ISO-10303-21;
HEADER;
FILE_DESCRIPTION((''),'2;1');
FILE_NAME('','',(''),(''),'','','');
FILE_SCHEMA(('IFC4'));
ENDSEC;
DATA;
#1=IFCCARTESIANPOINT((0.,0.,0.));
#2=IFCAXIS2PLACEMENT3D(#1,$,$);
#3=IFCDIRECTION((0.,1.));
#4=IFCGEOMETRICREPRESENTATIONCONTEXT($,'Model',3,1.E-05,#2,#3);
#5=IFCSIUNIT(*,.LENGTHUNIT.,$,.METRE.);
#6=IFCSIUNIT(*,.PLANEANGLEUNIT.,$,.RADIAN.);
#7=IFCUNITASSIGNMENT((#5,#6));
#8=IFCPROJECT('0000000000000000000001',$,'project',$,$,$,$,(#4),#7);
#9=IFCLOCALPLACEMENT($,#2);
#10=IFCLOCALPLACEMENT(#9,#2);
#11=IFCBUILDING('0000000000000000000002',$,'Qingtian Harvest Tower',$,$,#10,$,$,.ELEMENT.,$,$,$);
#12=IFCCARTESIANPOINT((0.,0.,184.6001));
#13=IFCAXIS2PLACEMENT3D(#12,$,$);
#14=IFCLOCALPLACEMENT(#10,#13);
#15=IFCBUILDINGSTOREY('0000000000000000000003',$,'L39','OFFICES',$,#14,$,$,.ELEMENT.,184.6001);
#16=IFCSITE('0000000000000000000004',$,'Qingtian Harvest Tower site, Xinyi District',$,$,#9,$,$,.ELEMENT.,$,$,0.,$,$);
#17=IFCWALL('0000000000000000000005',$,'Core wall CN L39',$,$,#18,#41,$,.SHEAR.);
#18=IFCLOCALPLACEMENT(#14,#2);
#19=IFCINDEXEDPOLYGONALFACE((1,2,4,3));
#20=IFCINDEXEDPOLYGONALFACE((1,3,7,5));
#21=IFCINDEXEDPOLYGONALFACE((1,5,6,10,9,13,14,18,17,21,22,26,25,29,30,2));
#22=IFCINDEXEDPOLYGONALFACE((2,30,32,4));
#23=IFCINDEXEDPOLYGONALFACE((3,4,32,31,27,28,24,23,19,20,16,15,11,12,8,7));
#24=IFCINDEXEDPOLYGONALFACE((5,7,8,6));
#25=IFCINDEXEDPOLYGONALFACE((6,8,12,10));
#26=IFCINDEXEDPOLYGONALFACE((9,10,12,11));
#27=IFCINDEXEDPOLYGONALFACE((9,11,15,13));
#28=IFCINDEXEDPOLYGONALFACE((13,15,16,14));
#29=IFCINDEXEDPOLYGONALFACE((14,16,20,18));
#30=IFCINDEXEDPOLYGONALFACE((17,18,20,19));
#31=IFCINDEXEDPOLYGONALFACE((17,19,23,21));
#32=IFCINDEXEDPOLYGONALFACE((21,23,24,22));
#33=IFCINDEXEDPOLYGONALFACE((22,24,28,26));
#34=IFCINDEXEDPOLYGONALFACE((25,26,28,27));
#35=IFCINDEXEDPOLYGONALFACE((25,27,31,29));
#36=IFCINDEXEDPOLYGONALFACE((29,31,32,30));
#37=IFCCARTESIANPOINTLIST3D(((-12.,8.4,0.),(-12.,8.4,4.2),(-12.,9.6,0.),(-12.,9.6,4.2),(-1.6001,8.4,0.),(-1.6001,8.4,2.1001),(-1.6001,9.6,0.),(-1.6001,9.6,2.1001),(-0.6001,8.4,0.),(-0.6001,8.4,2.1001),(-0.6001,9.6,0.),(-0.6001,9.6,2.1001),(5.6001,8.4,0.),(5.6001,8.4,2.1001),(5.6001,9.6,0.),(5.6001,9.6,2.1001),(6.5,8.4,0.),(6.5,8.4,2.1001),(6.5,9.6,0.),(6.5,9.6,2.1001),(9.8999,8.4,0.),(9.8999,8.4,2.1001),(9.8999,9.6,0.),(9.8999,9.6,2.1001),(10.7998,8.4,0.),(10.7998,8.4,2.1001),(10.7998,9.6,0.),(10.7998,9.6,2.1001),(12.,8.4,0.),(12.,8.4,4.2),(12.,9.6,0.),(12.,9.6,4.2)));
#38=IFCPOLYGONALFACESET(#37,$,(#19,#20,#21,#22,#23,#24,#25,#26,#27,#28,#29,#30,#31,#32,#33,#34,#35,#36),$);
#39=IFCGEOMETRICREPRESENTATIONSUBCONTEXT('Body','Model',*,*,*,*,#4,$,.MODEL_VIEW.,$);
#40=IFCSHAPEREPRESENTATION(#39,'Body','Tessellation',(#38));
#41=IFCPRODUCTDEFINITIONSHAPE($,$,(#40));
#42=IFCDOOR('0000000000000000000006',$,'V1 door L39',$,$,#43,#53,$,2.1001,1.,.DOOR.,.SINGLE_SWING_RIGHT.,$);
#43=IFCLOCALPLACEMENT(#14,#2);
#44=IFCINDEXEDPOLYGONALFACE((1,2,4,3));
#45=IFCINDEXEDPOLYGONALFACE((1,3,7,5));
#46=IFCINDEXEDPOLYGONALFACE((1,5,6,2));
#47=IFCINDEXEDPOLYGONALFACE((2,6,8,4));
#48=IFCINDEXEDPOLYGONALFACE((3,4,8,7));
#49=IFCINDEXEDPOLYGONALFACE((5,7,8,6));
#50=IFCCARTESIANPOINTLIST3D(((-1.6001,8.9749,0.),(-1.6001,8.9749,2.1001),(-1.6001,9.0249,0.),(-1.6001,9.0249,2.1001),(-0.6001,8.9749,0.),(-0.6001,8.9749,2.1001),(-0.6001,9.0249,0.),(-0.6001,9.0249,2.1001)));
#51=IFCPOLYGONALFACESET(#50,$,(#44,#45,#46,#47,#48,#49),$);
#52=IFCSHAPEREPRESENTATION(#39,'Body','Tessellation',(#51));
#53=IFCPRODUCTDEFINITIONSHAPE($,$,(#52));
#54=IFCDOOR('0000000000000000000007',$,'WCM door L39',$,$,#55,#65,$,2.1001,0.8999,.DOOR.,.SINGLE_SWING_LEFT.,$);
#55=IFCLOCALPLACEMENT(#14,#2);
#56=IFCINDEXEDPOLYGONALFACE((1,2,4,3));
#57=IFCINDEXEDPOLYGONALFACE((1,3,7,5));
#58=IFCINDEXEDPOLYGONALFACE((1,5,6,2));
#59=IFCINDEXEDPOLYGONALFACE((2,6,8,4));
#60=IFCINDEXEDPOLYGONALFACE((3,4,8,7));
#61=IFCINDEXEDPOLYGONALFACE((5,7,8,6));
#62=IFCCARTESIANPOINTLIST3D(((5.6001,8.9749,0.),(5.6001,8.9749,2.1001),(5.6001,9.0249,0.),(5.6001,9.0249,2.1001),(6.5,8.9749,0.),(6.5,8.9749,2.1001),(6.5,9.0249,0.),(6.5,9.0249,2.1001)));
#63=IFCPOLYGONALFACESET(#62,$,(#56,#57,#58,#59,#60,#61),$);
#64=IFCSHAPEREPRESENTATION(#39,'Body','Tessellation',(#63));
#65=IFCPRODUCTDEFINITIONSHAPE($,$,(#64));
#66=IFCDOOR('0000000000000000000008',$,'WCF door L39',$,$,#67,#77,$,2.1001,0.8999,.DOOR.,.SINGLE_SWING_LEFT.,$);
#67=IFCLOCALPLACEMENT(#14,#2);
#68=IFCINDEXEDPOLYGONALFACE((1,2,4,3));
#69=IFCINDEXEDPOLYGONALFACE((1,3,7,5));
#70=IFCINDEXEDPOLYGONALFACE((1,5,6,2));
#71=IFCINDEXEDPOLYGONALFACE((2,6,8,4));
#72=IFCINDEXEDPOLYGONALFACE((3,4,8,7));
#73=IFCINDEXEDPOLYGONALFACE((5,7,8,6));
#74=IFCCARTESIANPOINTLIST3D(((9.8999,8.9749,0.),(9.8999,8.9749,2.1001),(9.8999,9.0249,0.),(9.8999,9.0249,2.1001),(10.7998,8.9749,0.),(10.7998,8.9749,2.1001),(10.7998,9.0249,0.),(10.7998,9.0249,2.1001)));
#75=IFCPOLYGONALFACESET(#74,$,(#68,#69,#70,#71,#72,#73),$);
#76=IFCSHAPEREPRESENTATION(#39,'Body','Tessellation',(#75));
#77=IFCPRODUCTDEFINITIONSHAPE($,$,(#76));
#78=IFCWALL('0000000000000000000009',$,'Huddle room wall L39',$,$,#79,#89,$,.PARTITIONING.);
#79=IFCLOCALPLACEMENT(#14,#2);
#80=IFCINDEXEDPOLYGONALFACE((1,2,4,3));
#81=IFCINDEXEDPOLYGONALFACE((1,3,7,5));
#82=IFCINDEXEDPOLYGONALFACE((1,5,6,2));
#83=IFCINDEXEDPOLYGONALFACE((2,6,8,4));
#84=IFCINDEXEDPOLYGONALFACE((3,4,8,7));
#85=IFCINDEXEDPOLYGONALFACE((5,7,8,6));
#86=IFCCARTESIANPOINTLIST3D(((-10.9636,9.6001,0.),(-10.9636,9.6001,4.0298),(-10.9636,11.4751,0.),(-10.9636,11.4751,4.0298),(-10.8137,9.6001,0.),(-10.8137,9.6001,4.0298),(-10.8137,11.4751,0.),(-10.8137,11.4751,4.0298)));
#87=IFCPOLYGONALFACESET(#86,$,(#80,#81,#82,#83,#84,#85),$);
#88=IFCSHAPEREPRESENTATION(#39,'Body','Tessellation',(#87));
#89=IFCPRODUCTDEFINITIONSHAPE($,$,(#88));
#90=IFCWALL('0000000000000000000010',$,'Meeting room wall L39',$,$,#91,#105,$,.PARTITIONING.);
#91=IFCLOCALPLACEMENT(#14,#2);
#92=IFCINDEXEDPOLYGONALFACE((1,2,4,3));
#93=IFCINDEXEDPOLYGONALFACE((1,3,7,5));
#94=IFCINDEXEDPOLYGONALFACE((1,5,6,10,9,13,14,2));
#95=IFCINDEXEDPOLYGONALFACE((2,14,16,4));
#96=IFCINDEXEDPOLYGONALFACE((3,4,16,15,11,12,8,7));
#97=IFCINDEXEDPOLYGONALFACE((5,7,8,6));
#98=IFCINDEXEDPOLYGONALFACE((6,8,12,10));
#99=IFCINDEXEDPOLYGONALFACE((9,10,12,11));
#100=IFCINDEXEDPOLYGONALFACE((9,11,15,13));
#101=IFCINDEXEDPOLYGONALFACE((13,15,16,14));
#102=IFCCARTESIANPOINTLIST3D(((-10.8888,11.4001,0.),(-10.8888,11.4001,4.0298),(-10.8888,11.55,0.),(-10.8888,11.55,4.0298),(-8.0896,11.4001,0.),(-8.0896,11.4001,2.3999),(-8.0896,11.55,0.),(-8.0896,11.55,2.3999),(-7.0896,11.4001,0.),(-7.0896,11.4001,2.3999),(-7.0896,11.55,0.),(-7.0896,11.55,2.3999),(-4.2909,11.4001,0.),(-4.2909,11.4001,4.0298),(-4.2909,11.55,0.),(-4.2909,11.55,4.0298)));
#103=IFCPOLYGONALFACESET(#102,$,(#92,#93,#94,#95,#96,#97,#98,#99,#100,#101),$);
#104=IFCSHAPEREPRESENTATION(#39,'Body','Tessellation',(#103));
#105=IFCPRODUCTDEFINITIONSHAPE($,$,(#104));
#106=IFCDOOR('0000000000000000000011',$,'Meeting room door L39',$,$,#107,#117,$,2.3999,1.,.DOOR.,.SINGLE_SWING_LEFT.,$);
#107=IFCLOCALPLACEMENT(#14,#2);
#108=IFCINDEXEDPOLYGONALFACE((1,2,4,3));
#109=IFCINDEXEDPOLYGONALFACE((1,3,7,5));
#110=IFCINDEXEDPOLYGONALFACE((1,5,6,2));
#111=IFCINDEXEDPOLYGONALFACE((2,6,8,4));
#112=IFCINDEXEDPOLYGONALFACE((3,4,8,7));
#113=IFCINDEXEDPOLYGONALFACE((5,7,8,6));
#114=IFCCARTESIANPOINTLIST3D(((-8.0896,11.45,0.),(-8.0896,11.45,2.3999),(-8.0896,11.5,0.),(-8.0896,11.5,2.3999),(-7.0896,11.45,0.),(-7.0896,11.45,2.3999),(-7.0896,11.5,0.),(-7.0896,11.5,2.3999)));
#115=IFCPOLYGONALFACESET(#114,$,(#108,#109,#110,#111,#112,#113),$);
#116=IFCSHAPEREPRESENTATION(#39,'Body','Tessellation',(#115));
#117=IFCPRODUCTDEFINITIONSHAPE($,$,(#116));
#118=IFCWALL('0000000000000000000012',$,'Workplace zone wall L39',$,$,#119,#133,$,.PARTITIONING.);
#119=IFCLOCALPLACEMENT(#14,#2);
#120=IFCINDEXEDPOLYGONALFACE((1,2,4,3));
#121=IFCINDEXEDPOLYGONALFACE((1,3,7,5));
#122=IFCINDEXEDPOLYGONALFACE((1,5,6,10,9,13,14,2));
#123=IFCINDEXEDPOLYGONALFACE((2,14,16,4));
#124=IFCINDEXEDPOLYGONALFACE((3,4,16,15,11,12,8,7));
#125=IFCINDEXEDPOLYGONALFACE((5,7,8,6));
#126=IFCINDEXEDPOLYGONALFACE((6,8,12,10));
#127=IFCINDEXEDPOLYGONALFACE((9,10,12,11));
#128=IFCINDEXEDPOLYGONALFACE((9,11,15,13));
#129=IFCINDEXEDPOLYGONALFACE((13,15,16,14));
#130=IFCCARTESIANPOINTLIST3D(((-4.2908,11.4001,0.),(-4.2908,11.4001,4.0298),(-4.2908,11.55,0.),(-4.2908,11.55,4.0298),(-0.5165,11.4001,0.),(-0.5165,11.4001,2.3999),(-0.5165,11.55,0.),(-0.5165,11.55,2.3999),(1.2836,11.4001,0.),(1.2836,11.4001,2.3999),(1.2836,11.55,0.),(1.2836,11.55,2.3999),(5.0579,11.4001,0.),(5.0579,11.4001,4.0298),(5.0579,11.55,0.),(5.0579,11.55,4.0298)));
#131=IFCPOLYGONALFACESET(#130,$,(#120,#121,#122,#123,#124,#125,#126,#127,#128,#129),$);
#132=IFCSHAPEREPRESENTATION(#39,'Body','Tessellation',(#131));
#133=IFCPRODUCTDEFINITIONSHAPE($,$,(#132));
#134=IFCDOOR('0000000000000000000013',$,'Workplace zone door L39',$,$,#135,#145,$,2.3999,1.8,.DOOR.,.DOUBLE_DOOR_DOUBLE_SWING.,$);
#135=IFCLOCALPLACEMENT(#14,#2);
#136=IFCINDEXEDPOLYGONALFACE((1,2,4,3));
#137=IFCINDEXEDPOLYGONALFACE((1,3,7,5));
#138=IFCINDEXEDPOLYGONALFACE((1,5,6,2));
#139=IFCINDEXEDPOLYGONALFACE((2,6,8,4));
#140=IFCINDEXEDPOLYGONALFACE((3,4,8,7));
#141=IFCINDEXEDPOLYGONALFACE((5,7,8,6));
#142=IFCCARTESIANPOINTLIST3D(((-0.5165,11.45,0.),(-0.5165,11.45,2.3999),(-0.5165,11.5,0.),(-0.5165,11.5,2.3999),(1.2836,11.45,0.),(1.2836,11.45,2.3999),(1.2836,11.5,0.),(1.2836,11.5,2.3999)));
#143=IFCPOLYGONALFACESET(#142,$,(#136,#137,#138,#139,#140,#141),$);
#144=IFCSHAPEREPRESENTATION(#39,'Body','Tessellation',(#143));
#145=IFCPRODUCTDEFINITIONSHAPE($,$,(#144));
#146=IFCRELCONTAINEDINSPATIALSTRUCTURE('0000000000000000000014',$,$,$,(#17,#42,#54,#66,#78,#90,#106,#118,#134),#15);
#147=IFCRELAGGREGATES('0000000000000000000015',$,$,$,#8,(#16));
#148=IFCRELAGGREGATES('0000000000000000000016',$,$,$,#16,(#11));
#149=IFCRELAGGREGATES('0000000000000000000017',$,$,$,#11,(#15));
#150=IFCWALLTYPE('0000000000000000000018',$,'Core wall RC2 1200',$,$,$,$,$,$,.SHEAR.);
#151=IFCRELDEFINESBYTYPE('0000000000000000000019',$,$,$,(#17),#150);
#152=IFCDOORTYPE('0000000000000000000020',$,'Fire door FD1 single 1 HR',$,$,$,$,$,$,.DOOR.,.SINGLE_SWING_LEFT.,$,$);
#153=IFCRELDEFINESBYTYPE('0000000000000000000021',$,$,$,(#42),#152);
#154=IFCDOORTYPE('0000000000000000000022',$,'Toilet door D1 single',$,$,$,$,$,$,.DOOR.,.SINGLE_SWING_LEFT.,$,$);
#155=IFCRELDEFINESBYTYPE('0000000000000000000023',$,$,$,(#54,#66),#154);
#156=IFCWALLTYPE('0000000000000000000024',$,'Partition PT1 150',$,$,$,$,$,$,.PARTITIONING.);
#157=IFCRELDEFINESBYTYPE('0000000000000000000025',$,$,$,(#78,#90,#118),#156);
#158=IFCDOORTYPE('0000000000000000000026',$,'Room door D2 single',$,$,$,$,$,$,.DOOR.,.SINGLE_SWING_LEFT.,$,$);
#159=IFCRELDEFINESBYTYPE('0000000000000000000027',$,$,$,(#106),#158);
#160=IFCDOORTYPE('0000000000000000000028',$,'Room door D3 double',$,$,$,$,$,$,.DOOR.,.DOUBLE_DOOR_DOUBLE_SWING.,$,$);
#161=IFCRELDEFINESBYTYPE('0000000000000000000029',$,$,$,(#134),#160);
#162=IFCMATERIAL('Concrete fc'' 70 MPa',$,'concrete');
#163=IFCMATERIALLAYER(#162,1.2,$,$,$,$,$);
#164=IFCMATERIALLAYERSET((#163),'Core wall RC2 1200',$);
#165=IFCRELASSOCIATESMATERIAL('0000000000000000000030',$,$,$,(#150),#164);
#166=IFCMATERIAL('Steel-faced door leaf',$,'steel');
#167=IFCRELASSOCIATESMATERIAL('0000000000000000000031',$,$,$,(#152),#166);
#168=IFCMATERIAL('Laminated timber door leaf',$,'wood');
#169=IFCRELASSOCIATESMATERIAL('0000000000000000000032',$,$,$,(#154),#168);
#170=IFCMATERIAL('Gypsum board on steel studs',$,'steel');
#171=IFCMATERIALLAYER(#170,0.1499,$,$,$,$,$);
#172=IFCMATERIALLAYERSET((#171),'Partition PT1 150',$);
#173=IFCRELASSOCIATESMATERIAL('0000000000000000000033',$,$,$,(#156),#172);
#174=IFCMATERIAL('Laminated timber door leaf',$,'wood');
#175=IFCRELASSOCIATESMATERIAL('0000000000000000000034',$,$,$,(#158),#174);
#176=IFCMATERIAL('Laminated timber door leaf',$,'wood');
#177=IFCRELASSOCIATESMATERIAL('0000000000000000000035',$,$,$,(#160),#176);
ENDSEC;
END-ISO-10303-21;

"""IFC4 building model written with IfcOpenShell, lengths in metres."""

from ifc_helpers import new_model, si_unit, direction, frame, frame_2d, origin, place, context, subcontext, project, spatial, rectangle, extrude, material, layer, layer_set, type_object, element, fill, save


model = new_model("IFC4")

# Units and contexts
model_context = context("Model", 3, precision=1e-05, world=origin(), true_north=direction((0.0, 1.0)))
body_context = subcontext(model_context, "Body", "Model", "MODEL_VIEW")
ifc_project = project(units=[si_unit("LENGTHUNIT", "METRE"), si_unit("PLANEANGLEUNIT", "RADIAN")], contexts=[model_context])

# Site, building, storey
site_placement = place(None, origin())
site = spatial("IfcSite", under=ifc_project, at=site_placement, Name="Qingtian Harvest Tower site, Xinyi District", CompositionType="ELEMENT", RefElevation=0.0)
building_placement = place(site_placement, origin())
building = spatial("IfcBuilding", under=site, at=building_placement, Name="Qingtian Harvest Tower", CompositionType="ELEMENT")
storey_placement = place(building_placement, frame((0.0, 0.0, 184.6001)))
storey = spatial("IfcBuildingStorey", under=building, at=storey_placement, Name="L39", Description="OFFICES", CompositionType="ELEMENT", Elevation=184.6001)

# Wall, openings, doors
ifc_material_1 = material(Name="Concrete fc' 70 MPa", Category="concrete")
ifc_layer_1 = layer(ifc_material_1, 1.2)
ifc_layer_set_1 = layer_set([ifc_layer_1], Name="Core wall RC2 1200")
wall_type_1 = type_object("IfcWallType", Name="Core wall RC2 1200", PredefinedType="SHEAR", material=ifc_layer_set_1)
wall_1_placement = place(storey_placement, frame((-12.0, 9.0, 0.0), z_axis=(0.0, 0.0, 1.0), x_axis=(1.0, 0.0, 0.0)))
wall_1 = element("IfcWall", 1, at=wall_1_placement, inside=storey, type_object=wall_type_1, Name="Core wall CN L39", PredefinedType="SHEAR", context=body_context, shape_type="SweptSolid", body=[
    extrude(rectangle(XDim=24.0, YDim=1.2, at=frame_2d((12.0, 0.0))), origin(), (0.0, 0.0, 1.0), 4.2),
])
opening_1_placement = place(wall_1_placement, frame((10.3999, 0.0, 0.0)))
opening_1 = element("IfcOpeningElement", 2, at=opening_1_placement, cuts=wall_1, PredefinedType="OPENING", context=body_context, shape_type="SweptSolid", body=[
    extrude(rectangle(XDim=1.0, YDim=2.1001, at=frame_2d((0.5, 1.05))), frame((0.0, 0.6099, 0.0), z_axis=(0.0, -1.0, 0.0), x_axis=(1.0, 0.0, 0.0)), (0.0, 0.0, 1.0), 1.22),
])
opening_2_placement = place(wall_1_placement, frame((17.6001, 0.0, 0.0)))
opening_2 = element("IfcOpeningElement", 3, at=opening_2_placement, cuts=wall_1, PredefinedType="OPENING", context=body_context, shape_type="SweptSolid", body=[
    extrude(rectangle(XDim=0.8999, YDim=2.1001, at=frame_2d((0.45, 1.05))), frame((0.0, 0.6099, 0.0), z_axis=(0.0, -1.0, 0.0), x_axis=(1.0, 0.0, 0.0)), (0.0, 0.0, 1.0), 1.22),
])
opening_3_placement = place(wall_1_placement, frame((21.8999, 0.0, 0.0)))
opening_3 = element("IfcOpeningElement", 4, at=opening_3_placement, cuts=wall_1, PredefinedType="OPENING", context=body_context, shape_type="SweptSolid", body=[
    extrude(rectangle(XDim=0.8999, YDim=2.1001, at=frame_2d((0.45, 1.05))), frame((0.0, 0.6099, 0.0), z_axis=(0.0, -1.0, 0.0), x_axis=(1.0, 0.0, 0.0)), (0.0, 0.0, 1.0), 1.22),
])
ifc_material_2 = material(Name="Steel-faced door leaf", Category="steel")
door_type_1 = type_object("IfcDoorType", Name="Fire door FD1 single 1 HR", OperationType="SINGLE_SWING_LEFT", PredefinedType="DOOR", material=ifc_material_2)
door_1_placement = place(opening_1_placement, origin())
door_1 = element("IfcDoor", 5, at=door_1_placement, inside=storey, type_object=door_type_1, Name="V1 door L39", OperationType="SINGLE_SWING_RIGHT", OverallHeight=2.1001, OverallWidth=1.0, PredefinedType="DOOR", context=body_context, shape_type="SweptSolid", body=[
    extrude(rectangle(XDim=1.0, YDim=2.1001, at=frame_2d((0.5, 1.05))), frame((0.0, 0.0249, 0.0), z_axis=(0.0, -1.0, 0.0), x_axis=(1.0, 0.0, 0.0)), (0.0, 0.0, 1.0), 0.05),
])
fill(opening_1, door_1)
ifc_material_3 = material(Name="Laminated timber door leaf", Category="wood")
door_type_2 = type_object("IfcDoorType", Name="Toilet door D1 single", OperationType="SINGLE_SWING_LEFT", PredefinedType="DOOR", material=ifc_material_3)
door_2_placement = place(opening_2_placement, origin())
door_2 = element("IfcDoor", 6, at=door_2_placement, inside=storey, type_object=door_type_2, Name="WCM door L39", OperationType="SINGLE_SWING_LEFT", OverallHeight=2.1001, OverallWidth=0.8999, PredefinedType="DOOR", context=body_context, shape_type="SweptSolid", body=[
    extrude(rectangle(XDim=0.8999, YDim=2.1001, at=frame_2d((0.45, 1.05))), frame((0.0, 0.0249, 0.0), z_axis=(0.0, -1.0, 0.0), x_axis=(1.0, 0.0, 0.0)), (0.0, 0.0, 1.0), 0.05),
])
fill(opening_2, door_2)
door_3_placement = place(opening_3_placement, origin())
door_3 = element("IfcDoor", 7, at=door_3_placement, inside=storey, type_object=door_type_2, Name="WCF door L39", OperationType="SINGLE_SWING_LEFT", OverallHeight=2.1001, OverallWidth=0.8999, PredefinedType="DOOR", context=body_context, shape_type="SweptSolid", body=[
    extrude(rectangle(XDim=0.8999, YDim=2.1001, at=frame_2d((0.45, 1.05))), frame((0.0, 0.0249, 0.0), z_axis=(0.0, -1.0, 0.0), x_axis=(1.0, 0.0, 0.0)), (0.0, 0.0, 1.0), 0.05),
])
fill(opening_3, door_3)

# Wall
ifc_material_4 = material(Name="Gypsum board on steel studs", Category="steel")
ifc_layer_2 = layer(ifc_material_4, 0.1499)
ifc_layer_set_2 = layer_set([ifc_layer_2], Name="Partition PT1 150")
wall_type_2 = type_object("IfcWallType", Name="Partition PT1 150", PredefinedType="PARTITIONING", material=ifc_layer_set_2)
wall_2_placement = place(storey_placement, frame((-10.8887, 9.6001, 0.0), z_axis=(0.0, 0.0, 1.0), x_axis=(0.0, 1.0, 0.0)))
element("IfcWall", 8, at=wall_2_placement, inside=storey, type_object=wall_type_2, Name="Huddle room wall L39", PredefinedType="PARTITIONING", context=body_context, shape_type="SweptSolid", body=[
    extrude(rectangle(XDim=1.875, YDim=0.1499, at=frame_2d((0.9375, 0.0))), origin(), (0.0, 0.0, 1.0), 4.0298),
])

# Walls, openings, doors
wall_3_placement = place(storey_placement, frame((-10.8887, 11.4751, 0.0), z_axis=(0.0, 0.0, 1.0), x_axis=(1.0, 0.0, 0.0)))
wall_3 = element("IfcWall", 9, at=wall_3_placement, inside=storey, type_object=wall_type_2, Name="Meeting room wall L39", PredefinedType="PARTITIONING", context=body_context, shape_type="SweptSolid", body=[
    extrude(rectangle(XDim=6.5979, YDim=0.1499, at=frame_2d((3.2988, 0.0))), origin(), (0.0, 0.0, 1.0), 4.0298),
])
opening_4_placement = place(wall_3_placement, frame((2.7991, 0.0, 0.0)))
opening_4 = element("IfcOpeningElement", 10, at=opening_4_placement, cuts=wall_3, PredefinedType="OPENING", context=body_context, shape_type="SweptSolid", body=[
    extrude(rectangle(XDim=1.0, YDim=2.3999, at=frame_2d((0.5, 1.2))), frame((0.0, 0.085, 0.0), z_axis=(0.0, -1.0, 0.0), x_axis=(1.0, 0.0, 0.0)), (0.0, 0.0, 1.0), 0.1699),
])
ifc_material_5 = material(Name="Laminated timber door leaf", Category="wood")
door_type_3 = type_object("IfcDoorType", Name="Room door D2 single", OperationType="SINGLE_SWING_LEFT", PredefinedType="DOOR", material=ifc_material_5)
door_4_placement = place(opening_4_placement, origin())
door_4 = element("IfcDoor", 11, at=door_4_placement, inside=storey, type_object=door_type_3, Name="Meeting room door L39", OperationType="SINGLE_SWING_LEFT", OverallHeight=2.3999, OverallWidth=1.0, PredefinedType="DOOR", context=body_context, shape_type="SweptSolid", body=[
    extrude(rectangle(XDim=1.0, YDim=2.3999, at=frame_2d((0.5, 1.2))), frame((0.0, 0.0249, 0.0), z_axis=(0.0, -1.0, 0.0), x_axis=(1.0, 0.0, 0.0)), (0.0, 0.0, 1.0), 0.05),
])
fill(opening_4, door_4)
wall_4_placement = place(storey_placement, frame((-4.2908, 11.4751, 0.0), z_axis=(0.0, 0.0, 1.0), x_axis=(1.0, 0.0, 0.0)))
wall_4 = element("IfcWall", 12, at=wall_4_placement, inside=storey, type_object=wall_type_2, Name="Workplace zone wall L39", PredefinedType="PARTITIONING", context=body_context, shape_type="SweptSolid", body=[
    extrude(rectangle(XDim=9.3486, YDim=0.1499, at=frame_2d((4.6743, 0.0))), origin(), (0.0, 0.0, 1.0), 4.0298),
])
opening_5_placement = place(wall_4_placement, frame((3.7744, 0.0, 0.0)))
opening_5 = element("IfcOpeningElement", 13, at=opening_5_placement, cuts=wall_4, PredefinedType="OPENING", context=body_context, shape_type="SweptSolid", body=[
    extrude(rectangle(XDim=1.8, YDim=2.3999, at=frame_2d((0.8999, 1.2))), frame((0.0, 0.085, 0.0), z_axis=(0.0, -1.0, 0.0), x_axis=(1.0, 0.0, 0.0)), (0.0, 0.0, 1.0), 0.1699),
])
ifc_material_6 = material(Name="Laminated timber door leaf", Category="wood")
door_type_4 = type_object("IfcDoorType", Name="Room door D3 double", OperationType="DOUBLE_DOOR_DOUBLE_SWING", PredefinedType="DOOR", material=ifc_material_6)
door_5_placement = place(opening_5_placement, origin())
door_5 = element("IfcDoor", 14, at=door_5_placement, inside=storey, type_object=door_type_4, Name="Workplace zone door L39", OperationType="DOUBLE_DOOR_DOUBLE_SWING", OverallHeight=2.3999, OverallWidth=1.8, PredefinedType="DOOR", context=body_context, shape_type="SweptSolid", body=[
    extrude(rectangle(XDim=1.8, YDim=2.3999, at=frame_2d((0.8999, 1.2))), frame((0.0, 0.0249, 0.0), z_axis=(0.0, -1.0, 0.0), x_axis=(1.0, 0.0, 0.0)), (0.0, 0.0, 1.0), 0.05),
])
fill(opening_5, door_5)

save(model, "model.ifc")
